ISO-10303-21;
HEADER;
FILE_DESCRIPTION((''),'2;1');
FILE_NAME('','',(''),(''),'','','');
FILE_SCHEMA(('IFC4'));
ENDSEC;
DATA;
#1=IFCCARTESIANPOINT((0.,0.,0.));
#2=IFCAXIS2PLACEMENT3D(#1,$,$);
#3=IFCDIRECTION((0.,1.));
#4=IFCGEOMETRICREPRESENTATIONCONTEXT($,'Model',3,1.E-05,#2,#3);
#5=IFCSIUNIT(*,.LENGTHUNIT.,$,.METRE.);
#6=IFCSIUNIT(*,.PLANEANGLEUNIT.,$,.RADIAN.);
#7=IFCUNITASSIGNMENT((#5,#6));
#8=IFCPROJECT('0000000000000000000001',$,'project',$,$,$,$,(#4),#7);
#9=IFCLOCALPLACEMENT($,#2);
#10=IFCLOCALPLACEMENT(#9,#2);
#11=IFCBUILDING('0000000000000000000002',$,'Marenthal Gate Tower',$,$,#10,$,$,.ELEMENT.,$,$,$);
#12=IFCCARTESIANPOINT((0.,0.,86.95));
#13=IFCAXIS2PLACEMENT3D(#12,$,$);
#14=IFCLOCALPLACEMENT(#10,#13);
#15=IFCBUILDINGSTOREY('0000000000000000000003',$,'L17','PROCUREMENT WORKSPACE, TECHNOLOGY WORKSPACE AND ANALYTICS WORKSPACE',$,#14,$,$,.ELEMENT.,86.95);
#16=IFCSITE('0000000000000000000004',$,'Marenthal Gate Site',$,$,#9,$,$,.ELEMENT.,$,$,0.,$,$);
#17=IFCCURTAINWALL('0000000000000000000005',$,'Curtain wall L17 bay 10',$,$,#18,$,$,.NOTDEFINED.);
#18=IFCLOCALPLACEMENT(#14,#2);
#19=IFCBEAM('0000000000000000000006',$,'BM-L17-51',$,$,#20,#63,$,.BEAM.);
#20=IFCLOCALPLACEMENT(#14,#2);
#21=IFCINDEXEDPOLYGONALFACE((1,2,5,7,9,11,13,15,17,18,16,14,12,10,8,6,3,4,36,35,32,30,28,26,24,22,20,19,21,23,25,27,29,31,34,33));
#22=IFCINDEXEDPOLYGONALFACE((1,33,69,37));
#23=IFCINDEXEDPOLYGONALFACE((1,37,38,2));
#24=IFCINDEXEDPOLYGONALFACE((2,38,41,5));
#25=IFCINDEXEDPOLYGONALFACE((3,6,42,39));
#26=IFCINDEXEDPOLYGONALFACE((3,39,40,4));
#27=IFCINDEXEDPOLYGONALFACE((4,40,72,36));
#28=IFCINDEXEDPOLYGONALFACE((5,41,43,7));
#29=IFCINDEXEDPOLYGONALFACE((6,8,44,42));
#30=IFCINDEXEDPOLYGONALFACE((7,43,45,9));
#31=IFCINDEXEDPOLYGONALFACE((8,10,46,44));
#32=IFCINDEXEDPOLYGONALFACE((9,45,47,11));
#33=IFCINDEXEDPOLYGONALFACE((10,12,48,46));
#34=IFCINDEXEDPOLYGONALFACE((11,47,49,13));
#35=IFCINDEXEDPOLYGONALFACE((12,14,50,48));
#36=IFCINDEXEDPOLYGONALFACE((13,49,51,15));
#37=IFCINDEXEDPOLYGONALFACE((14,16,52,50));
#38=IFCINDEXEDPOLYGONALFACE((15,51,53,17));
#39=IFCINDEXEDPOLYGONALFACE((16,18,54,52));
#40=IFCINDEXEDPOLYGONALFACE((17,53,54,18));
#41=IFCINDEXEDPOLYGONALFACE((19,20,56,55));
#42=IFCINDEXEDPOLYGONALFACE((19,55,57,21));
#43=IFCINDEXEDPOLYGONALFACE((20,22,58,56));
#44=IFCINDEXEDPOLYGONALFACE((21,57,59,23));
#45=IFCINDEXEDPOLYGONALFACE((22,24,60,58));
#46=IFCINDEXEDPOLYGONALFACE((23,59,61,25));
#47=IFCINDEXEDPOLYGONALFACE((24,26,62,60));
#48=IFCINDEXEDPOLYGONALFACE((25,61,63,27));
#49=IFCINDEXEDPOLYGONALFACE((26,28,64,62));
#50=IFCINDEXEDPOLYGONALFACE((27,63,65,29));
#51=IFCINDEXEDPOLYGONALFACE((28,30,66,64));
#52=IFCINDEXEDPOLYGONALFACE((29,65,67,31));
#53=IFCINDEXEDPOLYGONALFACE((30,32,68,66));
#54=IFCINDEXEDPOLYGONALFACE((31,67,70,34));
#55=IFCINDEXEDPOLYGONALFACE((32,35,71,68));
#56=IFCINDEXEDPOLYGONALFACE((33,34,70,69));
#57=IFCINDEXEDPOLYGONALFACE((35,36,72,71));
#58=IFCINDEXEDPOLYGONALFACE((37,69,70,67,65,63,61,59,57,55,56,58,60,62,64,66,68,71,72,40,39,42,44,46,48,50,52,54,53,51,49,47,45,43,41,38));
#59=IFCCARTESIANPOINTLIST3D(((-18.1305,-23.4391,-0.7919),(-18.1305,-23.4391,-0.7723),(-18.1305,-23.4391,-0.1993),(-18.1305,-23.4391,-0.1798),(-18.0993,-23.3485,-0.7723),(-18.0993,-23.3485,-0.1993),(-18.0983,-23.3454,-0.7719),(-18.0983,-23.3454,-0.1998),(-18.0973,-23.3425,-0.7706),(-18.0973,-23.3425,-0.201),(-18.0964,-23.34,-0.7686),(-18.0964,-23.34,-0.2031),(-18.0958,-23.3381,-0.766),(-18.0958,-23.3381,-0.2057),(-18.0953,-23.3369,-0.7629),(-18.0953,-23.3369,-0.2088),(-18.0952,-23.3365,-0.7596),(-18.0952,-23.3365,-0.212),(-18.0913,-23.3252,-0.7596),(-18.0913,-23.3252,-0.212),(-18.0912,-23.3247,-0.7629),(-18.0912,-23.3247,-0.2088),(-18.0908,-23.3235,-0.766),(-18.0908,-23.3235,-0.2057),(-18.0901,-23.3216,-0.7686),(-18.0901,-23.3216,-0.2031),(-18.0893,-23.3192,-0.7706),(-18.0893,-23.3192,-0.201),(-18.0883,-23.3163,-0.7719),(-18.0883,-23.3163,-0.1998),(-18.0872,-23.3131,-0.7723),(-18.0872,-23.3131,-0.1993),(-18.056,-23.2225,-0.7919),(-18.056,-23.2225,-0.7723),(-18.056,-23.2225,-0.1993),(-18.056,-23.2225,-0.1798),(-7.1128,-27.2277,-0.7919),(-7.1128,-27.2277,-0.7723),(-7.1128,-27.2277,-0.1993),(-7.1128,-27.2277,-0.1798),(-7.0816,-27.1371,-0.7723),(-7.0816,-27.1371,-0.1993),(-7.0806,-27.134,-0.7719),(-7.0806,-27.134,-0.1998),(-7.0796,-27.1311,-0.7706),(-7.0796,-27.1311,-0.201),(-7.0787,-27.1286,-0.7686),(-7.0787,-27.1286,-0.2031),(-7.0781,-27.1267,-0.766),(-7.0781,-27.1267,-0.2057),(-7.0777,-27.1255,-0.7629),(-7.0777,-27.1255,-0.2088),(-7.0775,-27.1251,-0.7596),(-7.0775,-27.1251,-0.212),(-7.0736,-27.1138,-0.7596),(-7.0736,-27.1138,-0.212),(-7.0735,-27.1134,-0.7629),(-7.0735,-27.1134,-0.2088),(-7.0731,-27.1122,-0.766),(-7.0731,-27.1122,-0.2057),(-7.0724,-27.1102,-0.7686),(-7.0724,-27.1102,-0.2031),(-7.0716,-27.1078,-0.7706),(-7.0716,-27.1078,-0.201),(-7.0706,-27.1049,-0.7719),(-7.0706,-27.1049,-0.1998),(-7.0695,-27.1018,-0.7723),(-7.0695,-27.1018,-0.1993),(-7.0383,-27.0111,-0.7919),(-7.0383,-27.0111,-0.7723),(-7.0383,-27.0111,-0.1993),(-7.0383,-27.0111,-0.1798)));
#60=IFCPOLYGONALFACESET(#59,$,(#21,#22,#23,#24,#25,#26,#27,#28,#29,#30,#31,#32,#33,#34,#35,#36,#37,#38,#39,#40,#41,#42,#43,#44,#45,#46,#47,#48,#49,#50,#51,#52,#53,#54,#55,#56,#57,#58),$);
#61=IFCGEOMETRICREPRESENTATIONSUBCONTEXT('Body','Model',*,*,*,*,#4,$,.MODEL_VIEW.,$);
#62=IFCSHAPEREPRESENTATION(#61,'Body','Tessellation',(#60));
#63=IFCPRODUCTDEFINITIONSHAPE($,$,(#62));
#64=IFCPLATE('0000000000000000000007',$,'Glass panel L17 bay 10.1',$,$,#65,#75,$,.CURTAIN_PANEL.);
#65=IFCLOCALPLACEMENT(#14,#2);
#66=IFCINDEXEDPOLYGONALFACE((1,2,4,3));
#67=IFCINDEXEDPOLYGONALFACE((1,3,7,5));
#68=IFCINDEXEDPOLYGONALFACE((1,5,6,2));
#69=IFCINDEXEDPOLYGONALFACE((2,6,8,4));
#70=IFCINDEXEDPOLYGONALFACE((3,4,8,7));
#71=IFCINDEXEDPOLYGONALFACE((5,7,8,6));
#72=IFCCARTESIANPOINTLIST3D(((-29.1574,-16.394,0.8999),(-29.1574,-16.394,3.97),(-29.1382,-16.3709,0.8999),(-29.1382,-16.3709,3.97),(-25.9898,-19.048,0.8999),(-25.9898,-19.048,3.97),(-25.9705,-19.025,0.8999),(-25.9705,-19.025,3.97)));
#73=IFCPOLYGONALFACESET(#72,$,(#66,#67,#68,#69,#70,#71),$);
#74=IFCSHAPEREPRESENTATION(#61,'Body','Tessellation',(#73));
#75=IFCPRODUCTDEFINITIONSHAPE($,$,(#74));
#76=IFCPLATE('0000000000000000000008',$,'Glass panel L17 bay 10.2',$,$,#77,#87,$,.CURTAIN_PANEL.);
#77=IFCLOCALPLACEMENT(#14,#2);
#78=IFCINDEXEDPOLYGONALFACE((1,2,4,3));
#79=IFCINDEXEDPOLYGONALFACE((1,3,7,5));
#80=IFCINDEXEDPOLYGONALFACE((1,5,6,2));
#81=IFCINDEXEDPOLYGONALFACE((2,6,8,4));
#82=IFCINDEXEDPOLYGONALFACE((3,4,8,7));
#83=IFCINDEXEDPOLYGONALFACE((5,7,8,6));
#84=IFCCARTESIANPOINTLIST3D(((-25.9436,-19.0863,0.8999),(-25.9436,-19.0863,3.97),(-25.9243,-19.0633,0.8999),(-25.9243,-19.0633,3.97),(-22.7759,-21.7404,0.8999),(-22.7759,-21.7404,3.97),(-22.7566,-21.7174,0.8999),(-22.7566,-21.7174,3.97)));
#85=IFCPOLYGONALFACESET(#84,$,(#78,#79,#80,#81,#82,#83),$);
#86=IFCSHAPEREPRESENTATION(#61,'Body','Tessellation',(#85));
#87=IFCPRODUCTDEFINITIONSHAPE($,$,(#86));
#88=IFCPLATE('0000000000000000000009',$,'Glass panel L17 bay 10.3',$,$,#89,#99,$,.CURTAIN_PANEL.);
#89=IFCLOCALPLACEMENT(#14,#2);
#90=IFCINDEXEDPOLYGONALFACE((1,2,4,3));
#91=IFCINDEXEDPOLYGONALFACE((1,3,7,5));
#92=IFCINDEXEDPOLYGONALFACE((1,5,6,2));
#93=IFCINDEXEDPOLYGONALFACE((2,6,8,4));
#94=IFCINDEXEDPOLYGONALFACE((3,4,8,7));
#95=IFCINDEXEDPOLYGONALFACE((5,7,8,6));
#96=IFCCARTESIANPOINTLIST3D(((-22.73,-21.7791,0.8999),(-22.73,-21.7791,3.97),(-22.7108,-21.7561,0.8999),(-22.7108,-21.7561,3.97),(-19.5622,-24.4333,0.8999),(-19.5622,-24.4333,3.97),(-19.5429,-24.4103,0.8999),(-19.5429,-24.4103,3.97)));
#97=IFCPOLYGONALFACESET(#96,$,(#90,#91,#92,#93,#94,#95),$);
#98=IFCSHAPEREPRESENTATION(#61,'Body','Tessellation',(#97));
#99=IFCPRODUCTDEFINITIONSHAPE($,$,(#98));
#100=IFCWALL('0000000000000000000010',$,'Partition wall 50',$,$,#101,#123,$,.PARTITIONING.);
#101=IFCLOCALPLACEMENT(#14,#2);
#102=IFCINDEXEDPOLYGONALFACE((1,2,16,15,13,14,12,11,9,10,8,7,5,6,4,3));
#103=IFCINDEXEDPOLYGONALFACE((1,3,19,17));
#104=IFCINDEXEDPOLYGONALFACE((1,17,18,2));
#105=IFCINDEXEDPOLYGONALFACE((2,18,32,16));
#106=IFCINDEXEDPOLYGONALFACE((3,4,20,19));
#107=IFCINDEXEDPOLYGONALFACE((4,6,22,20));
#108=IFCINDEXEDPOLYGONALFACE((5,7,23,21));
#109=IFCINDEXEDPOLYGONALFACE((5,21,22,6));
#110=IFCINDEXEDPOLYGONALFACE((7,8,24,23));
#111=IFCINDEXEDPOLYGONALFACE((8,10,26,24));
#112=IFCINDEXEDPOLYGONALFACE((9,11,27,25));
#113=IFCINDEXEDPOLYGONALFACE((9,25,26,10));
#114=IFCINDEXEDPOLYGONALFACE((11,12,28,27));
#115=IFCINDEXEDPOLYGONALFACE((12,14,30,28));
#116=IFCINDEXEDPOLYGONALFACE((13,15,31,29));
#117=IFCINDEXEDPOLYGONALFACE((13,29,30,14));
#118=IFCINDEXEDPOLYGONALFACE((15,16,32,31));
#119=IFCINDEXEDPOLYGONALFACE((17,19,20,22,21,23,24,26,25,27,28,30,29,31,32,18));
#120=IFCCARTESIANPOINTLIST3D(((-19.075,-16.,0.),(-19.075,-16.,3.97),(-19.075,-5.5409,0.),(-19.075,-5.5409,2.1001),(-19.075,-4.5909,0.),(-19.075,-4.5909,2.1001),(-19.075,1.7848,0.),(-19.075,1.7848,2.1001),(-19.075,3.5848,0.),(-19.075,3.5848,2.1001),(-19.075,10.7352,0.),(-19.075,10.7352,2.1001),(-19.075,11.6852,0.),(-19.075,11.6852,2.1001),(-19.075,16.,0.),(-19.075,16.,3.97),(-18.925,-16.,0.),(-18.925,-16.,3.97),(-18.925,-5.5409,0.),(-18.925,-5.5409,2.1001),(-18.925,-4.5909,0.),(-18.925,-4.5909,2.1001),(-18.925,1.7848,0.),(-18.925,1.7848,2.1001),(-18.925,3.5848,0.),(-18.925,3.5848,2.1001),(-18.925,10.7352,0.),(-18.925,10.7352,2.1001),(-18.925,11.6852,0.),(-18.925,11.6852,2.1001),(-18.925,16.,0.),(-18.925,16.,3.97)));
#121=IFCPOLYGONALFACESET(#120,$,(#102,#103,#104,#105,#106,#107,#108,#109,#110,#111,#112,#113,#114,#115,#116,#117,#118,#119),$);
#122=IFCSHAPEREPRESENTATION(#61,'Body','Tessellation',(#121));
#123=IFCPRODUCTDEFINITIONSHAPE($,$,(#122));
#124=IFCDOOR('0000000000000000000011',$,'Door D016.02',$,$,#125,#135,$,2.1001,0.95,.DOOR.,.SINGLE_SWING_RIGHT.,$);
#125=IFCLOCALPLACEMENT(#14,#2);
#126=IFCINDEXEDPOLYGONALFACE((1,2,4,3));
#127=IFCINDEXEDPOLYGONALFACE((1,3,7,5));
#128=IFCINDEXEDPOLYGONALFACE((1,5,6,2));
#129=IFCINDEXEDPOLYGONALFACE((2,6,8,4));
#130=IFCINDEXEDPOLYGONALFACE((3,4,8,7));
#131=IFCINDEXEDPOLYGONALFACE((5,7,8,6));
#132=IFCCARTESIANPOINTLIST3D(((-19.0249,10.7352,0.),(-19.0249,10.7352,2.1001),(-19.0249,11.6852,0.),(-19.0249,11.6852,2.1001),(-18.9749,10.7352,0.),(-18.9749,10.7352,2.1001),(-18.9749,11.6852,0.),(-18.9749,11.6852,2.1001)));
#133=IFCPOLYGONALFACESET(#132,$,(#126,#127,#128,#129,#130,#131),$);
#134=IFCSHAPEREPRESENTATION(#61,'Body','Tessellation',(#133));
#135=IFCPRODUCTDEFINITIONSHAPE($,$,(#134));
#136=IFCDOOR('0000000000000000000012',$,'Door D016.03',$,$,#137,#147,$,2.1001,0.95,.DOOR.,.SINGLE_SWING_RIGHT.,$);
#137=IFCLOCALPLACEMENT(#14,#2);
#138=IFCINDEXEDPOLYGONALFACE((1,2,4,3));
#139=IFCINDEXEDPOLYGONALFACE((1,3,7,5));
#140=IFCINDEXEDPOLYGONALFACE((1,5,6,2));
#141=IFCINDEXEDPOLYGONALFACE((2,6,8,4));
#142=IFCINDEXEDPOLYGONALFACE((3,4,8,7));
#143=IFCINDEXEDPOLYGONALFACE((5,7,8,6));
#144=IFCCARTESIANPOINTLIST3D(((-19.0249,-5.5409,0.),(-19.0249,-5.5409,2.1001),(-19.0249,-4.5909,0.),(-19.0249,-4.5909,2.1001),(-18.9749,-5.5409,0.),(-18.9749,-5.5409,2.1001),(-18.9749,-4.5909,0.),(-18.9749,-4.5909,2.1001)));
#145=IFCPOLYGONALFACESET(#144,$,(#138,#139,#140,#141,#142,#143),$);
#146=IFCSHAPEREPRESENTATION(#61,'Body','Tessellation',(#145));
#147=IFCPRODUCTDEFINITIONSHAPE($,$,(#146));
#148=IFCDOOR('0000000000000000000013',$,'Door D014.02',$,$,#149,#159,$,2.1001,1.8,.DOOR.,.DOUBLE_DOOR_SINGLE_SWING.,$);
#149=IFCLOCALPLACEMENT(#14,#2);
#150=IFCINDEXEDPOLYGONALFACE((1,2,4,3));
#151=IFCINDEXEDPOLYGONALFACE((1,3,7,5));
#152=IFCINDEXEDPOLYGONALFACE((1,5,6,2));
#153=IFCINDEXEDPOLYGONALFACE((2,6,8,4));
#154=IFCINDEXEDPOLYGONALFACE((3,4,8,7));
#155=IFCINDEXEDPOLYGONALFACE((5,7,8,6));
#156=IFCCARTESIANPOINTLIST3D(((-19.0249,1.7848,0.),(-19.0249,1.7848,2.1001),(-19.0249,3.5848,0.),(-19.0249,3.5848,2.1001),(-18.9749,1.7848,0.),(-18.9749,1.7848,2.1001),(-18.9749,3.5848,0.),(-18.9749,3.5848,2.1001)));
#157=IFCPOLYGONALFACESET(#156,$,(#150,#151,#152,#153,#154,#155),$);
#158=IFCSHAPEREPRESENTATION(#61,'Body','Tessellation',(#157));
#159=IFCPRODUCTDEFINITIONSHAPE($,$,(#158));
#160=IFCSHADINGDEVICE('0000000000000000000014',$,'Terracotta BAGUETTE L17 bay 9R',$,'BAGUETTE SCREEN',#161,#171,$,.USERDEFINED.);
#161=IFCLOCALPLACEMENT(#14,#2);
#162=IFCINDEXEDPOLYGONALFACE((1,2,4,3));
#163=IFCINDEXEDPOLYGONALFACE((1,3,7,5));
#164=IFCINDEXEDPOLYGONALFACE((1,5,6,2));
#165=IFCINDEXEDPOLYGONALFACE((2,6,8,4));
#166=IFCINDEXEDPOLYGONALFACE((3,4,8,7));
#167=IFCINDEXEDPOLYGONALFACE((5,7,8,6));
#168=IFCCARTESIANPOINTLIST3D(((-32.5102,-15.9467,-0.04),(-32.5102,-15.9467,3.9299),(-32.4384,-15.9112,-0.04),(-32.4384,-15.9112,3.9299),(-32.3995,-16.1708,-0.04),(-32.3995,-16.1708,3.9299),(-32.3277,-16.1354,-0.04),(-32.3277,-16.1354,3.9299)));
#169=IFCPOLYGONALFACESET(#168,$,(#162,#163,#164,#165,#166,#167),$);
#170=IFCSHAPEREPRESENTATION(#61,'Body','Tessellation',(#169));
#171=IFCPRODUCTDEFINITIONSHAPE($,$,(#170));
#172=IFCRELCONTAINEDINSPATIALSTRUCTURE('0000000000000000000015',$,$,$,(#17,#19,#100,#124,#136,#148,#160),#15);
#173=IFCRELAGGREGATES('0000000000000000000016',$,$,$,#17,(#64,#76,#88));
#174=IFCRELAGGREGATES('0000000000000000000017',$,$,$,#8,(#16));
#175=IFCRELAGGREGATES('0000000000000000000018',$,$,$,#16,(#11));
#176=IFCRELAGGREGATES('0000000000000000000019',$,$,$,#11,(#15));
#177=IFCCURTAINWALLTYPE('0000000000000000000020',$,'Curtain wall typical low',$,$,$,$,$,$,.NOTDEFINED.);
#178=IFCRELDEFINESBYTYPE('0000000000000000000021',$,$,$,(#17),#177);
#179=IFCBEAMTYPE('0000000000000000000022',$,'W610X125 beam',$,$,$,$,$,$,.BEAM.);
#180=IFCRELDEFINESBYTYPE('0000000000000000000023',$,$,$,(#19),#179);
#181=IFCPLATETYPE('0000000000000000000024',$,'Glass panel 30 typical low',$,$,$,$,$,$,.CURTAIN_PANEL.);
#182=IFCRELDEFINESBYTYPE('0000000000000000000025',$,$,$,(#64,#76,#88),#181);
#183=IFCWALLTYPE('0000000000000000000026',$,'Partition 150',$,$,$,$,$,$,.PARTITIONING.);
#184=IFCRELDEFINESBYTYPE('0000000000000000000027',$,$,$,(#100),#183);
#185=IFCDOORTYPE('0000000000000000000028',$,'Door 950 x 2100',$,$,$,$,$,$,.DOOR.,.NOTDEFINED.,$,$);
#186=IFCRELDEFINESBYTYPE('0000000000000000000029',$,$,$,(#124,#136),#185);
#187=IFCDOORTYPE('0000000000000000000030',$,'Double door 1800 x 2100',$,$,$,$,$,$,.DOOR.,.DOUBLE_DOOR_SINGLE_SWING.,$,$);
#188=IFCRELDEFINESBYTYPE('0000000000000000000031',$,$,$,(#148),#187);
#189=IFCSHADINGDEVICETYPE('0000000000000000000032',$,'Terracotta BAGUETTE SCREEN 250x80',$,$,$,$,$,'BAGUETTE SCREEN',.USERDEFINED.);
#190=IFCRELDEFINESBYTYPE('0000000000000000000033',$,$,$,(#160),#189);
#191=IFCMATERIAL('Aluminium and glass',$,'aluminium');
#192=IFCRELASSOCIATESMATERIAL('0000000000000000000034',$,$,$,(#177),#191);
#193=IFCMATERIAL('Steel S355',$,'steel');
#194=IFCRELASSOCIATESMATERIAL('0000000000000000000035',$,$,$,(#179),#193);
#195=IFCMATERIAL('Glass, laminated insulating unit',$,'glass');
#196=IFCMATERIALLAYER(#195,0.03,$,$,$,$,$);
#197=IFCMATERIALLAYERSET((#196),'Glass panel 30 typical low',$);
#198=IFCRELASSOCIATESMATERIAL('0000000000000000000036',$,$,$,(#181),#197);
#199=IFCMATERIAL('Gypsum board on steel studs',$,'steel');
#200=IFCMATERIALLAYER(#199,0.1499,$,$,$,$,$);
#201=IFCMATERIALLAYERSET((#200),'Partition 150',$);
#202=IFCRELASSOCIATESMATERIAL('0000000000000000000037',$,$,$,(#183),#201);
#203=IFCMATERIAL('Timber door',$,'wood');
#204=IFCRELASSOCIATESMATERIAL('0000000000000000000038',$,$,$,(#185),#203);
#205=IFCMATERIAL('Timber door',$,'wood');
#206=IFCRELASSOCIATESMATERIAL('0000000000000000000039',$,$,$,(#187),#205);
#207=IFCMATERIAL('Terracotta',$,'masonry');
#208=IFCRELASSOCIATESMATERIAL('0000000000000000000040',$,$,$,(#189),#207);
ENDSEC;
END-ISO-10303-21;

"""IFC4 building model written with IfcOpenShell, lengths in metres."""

from ifc_helpers import new_model, si_unit, direction, frame, frame_2d, origin, origin_2d, place, context, subcontext, project, spatial, rectangle, i_section, extrude, material, layer, layer_set, material_profile, profile_set, type_object, element, fill, aggregate, save


model = new_model("IFC4")

# Units and contexts
model_context = context("Model", 3, precision=1e-05, world=origin(), true_north=direction((0.0, 1.0)))
body_context = subcontext(model_context, "Body", "Model", "MODEL_VIEW")
ifc_project = project(units=[si_unit("LENGTHUNIT", "METRE"), si_unit("PLANEANGLEUNIT", "RADIAN")], contexts=[model_context])

# Site, building, storey
site_placement = place(None, origin())
site = spatial("IfcSite", under=ifc_project, at=site_placement, Name="Marenthal Gate Site", CompositionType="ELEMENT", RefElevation=0.0)
building_placement = place(site_placement, origin())
building = spatial("IfcBuilding", under=site, at=building_placement, Name="Marenthal Gate Tower", CompositionType="ELEMENT")
storey_placement = place(building_placement, frame((0.0, 0.0, 86.95)))
storey = spatial("IfcBuildingStorey", under=building, at=storey_placement, Name="L17", Description="PROCUREMENT WORKSPACE, TECHNOLOGY WORKSPACE AND ANALYTICS WORKSPACE", CompositionType="ELEMENT", Elevation=86.95)

# Curtain wall
ifc_material_1 = material(Name="Aluminium and glass", Category="aluminium")
curtain_wall_type = type_object("IfcCurtainWallType", Name="Curtain wall typical low", PredefinedType="NOTDEFINED", material=ifc_material_1)
curtain_wall_placement = place(storey_placement, origin())
curtain_wall = element("IfcCurtainWall", 1, at=curtain_wall_placement, inside=storey, type_object=curtain_wall_type, Name="Curtain wall L17 bay 10", PredefinedType="NOTDEFINED")

# Beam
ifc_material_2 = material(Name="Steel S355", Category="steel")
ifc_material_profile_1 = material_profile(ifc_material_2, i_section(OverallWidth=0.229, OverallDepth=0.6121, WebThickness=0.012, FlangeThickness=0.0195, FilletRadius=0.0127, at=origin_2d()), Name="W610X125")
ifc_profile_set_1 = profile_set([ifc_material_profile_1], Name="Steel S355")
beam_type_1 = type_object("IfcBeamType", Name="W610X125 beam", PredefinedType="BEAM", material=ifc_profile_set_1)
beam_1_placement = place(storey_placement, frame((-18.0933, -23.3308, -0.4858), z_axis=(0.945653, -0.325178, 0.0), x_axis=(0.325178, 0.945653, 0.0)))
element("IfcBeam", 2, at=beam_1_placement, inside=storey, type_object=beam_type_1, Name="BM-L17-51", PredefinedType="BEAM", context=body_context, shape_type="SweptSolid", body=[
    extrude(i_section(OverallWidth=0.229, OverallDepth=0.6121, WebThickness=0.012, FlangeThickness=0.0195, FilletRadius=0.0127, at=origin_2d()), origin(), (0.0, 0.0, 1.0), 11.6509),
])

# Plates
ifc_material_3 = material(Name="Glass, laminated insulating unit", Category="glass")
ifc_layer_1 = layer(ifc_material_3, 0.03)
ifc_layer_set_1 = layer_set([ifc_layer_1], Name="Glass panel 30 typical low")
plate_type = type_object("IfcPlateType", Name="Glass panel 30 typical low", PredefinedType="CURTAIN_PANEL", material=ifc_layer_set_1)
plate_1_placement = place(storey_placement, frame((-27.564, -17.7095, 0.8999), z_axis=(0.0, 0.0, 1.0), x_axis=(0.766513, -0.642228, 0.0)))
plate_1 = element("IfcPlate", 3, at=plate_1_placement, type_object=plate_type, Name="Glass panel L17 bay 10.1", PredefinedType="CURTAIN_PANEL", context=body_context, shape_type="SweptSolid", body=[
    extrude(rectangle(XDim=4.1326, YDim=0.03, at=origin_2d()), origin(), (0.0, 0.0, 1.0), 3.0701),
])
plate_2_placement = place(storey_placement, frame((-24.3501, -20.4019, 0.8999), z_axis=(0.0, 0.0, 1.0), x_axis=(0.766513, -0.642228, 0.0)))
plate_2 = element("IfcPlate", 4, at=plate_2_placement, type_object=plate_type, Name="Glass panel L17 bay 10.2", PredefinedType="CURTAIN_PANEL", context=body_context, shape_type="SweptSolid", body=[
    extrude(rectangle(XDim=4.1326, YDim=0.03, at=origin_2d()), origin(), (0.0, 0.0, 1.0), 3.0701),
])
plate_3_placement = place(storey_placement, frame((-21.1365, -23.0947, 0.8999), z_axis=(0.0, 0.0, 1.0), x_axis=(0.766513, -0.642228, 0.0)))
plate_3 = element("IfcPlate", 5, at=plate_3_placement, type_object=plate_type, Name="Glass panel L17 bay 10.3", PredefinedType="CURTAIN_PANEL", context=body_context, shape_type="SweptSolid", body=[
    extrude(rectangle(XDim=4.1328, YDim=0.03, at=origin_2d()), origin(), (0.0, 0.0, 1.0), 3.0701),
])
aggregate(curtain_wall, [plate_1, plate_2, plate_3])

# Wall, openings, doors
ifc_material_4 = material(Name="Gypsum board on steel studs", Category="steel")
ifc_layer_2 = layer(ifc_material_4, 0.1499)
ifc_layer_set_2 = layer_set([ifc_layer_2], Name="Partition 150")
wall_type_1 = type_object("IfcWallType", Name="Partition 150", PredefinedType="PARTITIONING", material=ifc_layer_set_2)
wall_1_placement = place(storey_placement, frame((-19.0, -16.0, 0.0), z_axis=(0.0, 0.0, 1.0), x_axis=(0.0, 1.0, 0.0)))
wall_1 = element("IfcWall", 6, at=wall_1_placement, inside=storey, type_object=wall_type_1, Name="Partition wall 50", PredefinedType="PARTITIONING", context=body_context, shape_type="SweptSolid", body=[
    extrude(rectangle(XDim=32.0, YDim=0.1499, at=frame_2d((16.0, 0.0))), origin(), (0.0, 0.0, 1.0), 3.97),
])
opening_1_placement = place(wall_1_placement, frame((26.7351, 0.0, 0.0)))
opening_1 = element("IfcOpeningElement", 7, at=opening_1_placement, cuts=wall_1, PredefinedType="OPENING", context=body_context, shape_type="SweptSolid", body=[
    extrude(rectangle(XDim=0.95, YDim=2.1001, at=frame_2d((0.4751, 1.05))), frame((0.0, 0.085, 0.0), z_axis=(0.0, -1.0, 0.0), x_axis=(1.0, 0.0, 0.0)), (0.0, 0.0, 1.0), 0.1699),
])
opening_2_placement = place(wall_1_placement, frame((17.7849, 0.0, 0.0)))
opening_2 = element("IfcOpeningElement", 8, at=opening_2_placement, cuts=wall_1, PredefinedType="OPENING", context=body_context, shape_type="SweptSolid", body=[
    extrude(rectangle(XDim=1.8, YDim=2.1001, at=frame_2d((0.8999, 1.05))), frame((0.0, 0.085, 0.0), z_axis=(0.0, -1.0, 0.0), x_axis=(1.0, 0.0, 0.0)), (0.0, 0.0, 1.0), 0.1699),
])
opening_3_placement = place(wall_1_placement, frame((10.459, 0.0, 0.0)))
opening_3 = element("IfcOpeningElement", 9, at=opening_3_placement, cuts=wall_1, PredefinedType="OPENING", context=body_context, shape_type="SweptSolid", body=[
    extrude(rectangle(XDim=0.95, YDim=2.1001, at=frame_2d((0.4751, 1.05))), frame((0.0, 0.085, 0.0), z_axis=(0.0, -1.0, 0.0), x_axis=(1.0, 0.0, 0.0)), (0.0, 0.0, 1.0), 0.1699),
])
ifc_material_5 = material(Name="Timber door", Category="wood")
door_type_1 = type_object("IfcDoorType", Name="Door 950 x 2100", OperationType="NOTDEFINED", PredefinedType="DOOR", material=ifc_material_5)
door_1_placement = place(opening_1_placement, origin())
door_1 = element("IfcDoor", 10, at=door_1_placement, inside=storey, type_object=door_type_1, Name="Door D016.02", OperationType="SINGLE_SWING_RIGHT", OverallHeight=2.1001, OverallWidth=0.95, PredefinedType="DOOR", context=body_context, shape_type="SweptSolid", body=[
    extrude(rectangle(XDim=0.95, YDim=2.1001, at=frame_2d((0.4751, 1.05))), frame((0.0, 0.0249, 0.0), z_axis=(0.0, -1.0, 0.0), x_axis=(1.0, 0.0, 0.0)), (0.0, 0.0, 1.0), 0.05),
])
fill(opening_1, door_1)
door_2_placement = place(opening_3_placement, origin())
door_2 = element("IfcDoor", 11, at=door_2_placement, inside=storey, type_object=door_type_1, Name="Door D016.03", OperationType="SINGLE_SWING_RIGHT", OverallHeight=2.1001, OverallWidth=0.95, PredefinedType="DOOR", context=body_context, shape_type="SweptSolid", body=[
    extrude(rectangle(XDim=0.95, YDim=2.1001, at=frame_2d((0.4751, 1.05))), frame((0.0, 0.0249, 0.0), z_axis=(0.0, -1.0, 0.0), x_axis=(1.0, 0.0, 0.0)), (0.0, 0.0, 1.0), 0.05),
])
fill(opening_3, door_2)
ifc_material_6 = material(Name="Timber door", Category="wood")
door_type_2 = type_object("IfcDoorType", Name="Double door 1800 x 2100", OperationType="DOUBLE_DOOR_SINGLE_SWING", PredefinedType="DOOR", material=ifc_material_6)
door_3_placement = place(opening_2_placement, origin())
door_3 = element("IfcDoor", 12, at=door_3_placement, inside=storey, type_object=door_type_2, Name="Door D014.02", OperationType="DOUBLE_DOOR_SINGLE_SWING", OverallHeight=2.1001, OverallWidth=1.8, PredefinedType="DOOR", context=body_context, shape_type="SweptSolid", body=[
    extrude(rectangle(XDim=1.8, YDim=2.1001, at=frame_2d((0.8999, 1.05))), frame((0.0, 0.0249, 0.0), z_axis=(0.0, -1.0, 0.0), x_axis=(1.0, 0.0, 0.0)), (0.0, 0.0, 1.0), 0.05),
])
fill(opening_2, door_3)

# Shading device
ifc_material_7 = material(Name="Terracotta", Category="masonry")
ifc_material_profile_2 = material_profile(ifc_material_7, rectangle(XDim=0.25, YDim=0.0801, at=origin_2d()), Name="Terracotta baguette 250x80")
ifc_profile_set_2 = profile_set([ifc_material_profile_2], Name="Terracotta")
shading_device_type = type_object("IfcShadingDeviceType", Name="Terracotta BAGUETTE SCREEN 250x80", ElementType="BAGUETTE SCREEN", PredefinedType="USERDEFINED", material=ifc_profile_set_2)
shading_device_placement = place(storey_placement, frame((-32.4189, -16.041, -0.04), z_axis=(0.0, 0.0, 1.0), x_axis=(0.44286, -0.896591, 0.0)))
element("IfcShadingDevice", 13, at=shading_device_placement, inside=storey, type_object=shading_device_type, Name="Terracotta BAGUETTE L17 bay 9R", ObjectType="BAGUETTE SCREEN", PredefinedType="USERDEFINED", context=body_context, shape_type="SweptSolid", body=[
    extrude(rectangle(XDim=0.25, YDim=0.0801, at=origin_2d()), origin(), (0.0, 0.0, 1.0), 3.97),
])

save(model, "model.ifc")
